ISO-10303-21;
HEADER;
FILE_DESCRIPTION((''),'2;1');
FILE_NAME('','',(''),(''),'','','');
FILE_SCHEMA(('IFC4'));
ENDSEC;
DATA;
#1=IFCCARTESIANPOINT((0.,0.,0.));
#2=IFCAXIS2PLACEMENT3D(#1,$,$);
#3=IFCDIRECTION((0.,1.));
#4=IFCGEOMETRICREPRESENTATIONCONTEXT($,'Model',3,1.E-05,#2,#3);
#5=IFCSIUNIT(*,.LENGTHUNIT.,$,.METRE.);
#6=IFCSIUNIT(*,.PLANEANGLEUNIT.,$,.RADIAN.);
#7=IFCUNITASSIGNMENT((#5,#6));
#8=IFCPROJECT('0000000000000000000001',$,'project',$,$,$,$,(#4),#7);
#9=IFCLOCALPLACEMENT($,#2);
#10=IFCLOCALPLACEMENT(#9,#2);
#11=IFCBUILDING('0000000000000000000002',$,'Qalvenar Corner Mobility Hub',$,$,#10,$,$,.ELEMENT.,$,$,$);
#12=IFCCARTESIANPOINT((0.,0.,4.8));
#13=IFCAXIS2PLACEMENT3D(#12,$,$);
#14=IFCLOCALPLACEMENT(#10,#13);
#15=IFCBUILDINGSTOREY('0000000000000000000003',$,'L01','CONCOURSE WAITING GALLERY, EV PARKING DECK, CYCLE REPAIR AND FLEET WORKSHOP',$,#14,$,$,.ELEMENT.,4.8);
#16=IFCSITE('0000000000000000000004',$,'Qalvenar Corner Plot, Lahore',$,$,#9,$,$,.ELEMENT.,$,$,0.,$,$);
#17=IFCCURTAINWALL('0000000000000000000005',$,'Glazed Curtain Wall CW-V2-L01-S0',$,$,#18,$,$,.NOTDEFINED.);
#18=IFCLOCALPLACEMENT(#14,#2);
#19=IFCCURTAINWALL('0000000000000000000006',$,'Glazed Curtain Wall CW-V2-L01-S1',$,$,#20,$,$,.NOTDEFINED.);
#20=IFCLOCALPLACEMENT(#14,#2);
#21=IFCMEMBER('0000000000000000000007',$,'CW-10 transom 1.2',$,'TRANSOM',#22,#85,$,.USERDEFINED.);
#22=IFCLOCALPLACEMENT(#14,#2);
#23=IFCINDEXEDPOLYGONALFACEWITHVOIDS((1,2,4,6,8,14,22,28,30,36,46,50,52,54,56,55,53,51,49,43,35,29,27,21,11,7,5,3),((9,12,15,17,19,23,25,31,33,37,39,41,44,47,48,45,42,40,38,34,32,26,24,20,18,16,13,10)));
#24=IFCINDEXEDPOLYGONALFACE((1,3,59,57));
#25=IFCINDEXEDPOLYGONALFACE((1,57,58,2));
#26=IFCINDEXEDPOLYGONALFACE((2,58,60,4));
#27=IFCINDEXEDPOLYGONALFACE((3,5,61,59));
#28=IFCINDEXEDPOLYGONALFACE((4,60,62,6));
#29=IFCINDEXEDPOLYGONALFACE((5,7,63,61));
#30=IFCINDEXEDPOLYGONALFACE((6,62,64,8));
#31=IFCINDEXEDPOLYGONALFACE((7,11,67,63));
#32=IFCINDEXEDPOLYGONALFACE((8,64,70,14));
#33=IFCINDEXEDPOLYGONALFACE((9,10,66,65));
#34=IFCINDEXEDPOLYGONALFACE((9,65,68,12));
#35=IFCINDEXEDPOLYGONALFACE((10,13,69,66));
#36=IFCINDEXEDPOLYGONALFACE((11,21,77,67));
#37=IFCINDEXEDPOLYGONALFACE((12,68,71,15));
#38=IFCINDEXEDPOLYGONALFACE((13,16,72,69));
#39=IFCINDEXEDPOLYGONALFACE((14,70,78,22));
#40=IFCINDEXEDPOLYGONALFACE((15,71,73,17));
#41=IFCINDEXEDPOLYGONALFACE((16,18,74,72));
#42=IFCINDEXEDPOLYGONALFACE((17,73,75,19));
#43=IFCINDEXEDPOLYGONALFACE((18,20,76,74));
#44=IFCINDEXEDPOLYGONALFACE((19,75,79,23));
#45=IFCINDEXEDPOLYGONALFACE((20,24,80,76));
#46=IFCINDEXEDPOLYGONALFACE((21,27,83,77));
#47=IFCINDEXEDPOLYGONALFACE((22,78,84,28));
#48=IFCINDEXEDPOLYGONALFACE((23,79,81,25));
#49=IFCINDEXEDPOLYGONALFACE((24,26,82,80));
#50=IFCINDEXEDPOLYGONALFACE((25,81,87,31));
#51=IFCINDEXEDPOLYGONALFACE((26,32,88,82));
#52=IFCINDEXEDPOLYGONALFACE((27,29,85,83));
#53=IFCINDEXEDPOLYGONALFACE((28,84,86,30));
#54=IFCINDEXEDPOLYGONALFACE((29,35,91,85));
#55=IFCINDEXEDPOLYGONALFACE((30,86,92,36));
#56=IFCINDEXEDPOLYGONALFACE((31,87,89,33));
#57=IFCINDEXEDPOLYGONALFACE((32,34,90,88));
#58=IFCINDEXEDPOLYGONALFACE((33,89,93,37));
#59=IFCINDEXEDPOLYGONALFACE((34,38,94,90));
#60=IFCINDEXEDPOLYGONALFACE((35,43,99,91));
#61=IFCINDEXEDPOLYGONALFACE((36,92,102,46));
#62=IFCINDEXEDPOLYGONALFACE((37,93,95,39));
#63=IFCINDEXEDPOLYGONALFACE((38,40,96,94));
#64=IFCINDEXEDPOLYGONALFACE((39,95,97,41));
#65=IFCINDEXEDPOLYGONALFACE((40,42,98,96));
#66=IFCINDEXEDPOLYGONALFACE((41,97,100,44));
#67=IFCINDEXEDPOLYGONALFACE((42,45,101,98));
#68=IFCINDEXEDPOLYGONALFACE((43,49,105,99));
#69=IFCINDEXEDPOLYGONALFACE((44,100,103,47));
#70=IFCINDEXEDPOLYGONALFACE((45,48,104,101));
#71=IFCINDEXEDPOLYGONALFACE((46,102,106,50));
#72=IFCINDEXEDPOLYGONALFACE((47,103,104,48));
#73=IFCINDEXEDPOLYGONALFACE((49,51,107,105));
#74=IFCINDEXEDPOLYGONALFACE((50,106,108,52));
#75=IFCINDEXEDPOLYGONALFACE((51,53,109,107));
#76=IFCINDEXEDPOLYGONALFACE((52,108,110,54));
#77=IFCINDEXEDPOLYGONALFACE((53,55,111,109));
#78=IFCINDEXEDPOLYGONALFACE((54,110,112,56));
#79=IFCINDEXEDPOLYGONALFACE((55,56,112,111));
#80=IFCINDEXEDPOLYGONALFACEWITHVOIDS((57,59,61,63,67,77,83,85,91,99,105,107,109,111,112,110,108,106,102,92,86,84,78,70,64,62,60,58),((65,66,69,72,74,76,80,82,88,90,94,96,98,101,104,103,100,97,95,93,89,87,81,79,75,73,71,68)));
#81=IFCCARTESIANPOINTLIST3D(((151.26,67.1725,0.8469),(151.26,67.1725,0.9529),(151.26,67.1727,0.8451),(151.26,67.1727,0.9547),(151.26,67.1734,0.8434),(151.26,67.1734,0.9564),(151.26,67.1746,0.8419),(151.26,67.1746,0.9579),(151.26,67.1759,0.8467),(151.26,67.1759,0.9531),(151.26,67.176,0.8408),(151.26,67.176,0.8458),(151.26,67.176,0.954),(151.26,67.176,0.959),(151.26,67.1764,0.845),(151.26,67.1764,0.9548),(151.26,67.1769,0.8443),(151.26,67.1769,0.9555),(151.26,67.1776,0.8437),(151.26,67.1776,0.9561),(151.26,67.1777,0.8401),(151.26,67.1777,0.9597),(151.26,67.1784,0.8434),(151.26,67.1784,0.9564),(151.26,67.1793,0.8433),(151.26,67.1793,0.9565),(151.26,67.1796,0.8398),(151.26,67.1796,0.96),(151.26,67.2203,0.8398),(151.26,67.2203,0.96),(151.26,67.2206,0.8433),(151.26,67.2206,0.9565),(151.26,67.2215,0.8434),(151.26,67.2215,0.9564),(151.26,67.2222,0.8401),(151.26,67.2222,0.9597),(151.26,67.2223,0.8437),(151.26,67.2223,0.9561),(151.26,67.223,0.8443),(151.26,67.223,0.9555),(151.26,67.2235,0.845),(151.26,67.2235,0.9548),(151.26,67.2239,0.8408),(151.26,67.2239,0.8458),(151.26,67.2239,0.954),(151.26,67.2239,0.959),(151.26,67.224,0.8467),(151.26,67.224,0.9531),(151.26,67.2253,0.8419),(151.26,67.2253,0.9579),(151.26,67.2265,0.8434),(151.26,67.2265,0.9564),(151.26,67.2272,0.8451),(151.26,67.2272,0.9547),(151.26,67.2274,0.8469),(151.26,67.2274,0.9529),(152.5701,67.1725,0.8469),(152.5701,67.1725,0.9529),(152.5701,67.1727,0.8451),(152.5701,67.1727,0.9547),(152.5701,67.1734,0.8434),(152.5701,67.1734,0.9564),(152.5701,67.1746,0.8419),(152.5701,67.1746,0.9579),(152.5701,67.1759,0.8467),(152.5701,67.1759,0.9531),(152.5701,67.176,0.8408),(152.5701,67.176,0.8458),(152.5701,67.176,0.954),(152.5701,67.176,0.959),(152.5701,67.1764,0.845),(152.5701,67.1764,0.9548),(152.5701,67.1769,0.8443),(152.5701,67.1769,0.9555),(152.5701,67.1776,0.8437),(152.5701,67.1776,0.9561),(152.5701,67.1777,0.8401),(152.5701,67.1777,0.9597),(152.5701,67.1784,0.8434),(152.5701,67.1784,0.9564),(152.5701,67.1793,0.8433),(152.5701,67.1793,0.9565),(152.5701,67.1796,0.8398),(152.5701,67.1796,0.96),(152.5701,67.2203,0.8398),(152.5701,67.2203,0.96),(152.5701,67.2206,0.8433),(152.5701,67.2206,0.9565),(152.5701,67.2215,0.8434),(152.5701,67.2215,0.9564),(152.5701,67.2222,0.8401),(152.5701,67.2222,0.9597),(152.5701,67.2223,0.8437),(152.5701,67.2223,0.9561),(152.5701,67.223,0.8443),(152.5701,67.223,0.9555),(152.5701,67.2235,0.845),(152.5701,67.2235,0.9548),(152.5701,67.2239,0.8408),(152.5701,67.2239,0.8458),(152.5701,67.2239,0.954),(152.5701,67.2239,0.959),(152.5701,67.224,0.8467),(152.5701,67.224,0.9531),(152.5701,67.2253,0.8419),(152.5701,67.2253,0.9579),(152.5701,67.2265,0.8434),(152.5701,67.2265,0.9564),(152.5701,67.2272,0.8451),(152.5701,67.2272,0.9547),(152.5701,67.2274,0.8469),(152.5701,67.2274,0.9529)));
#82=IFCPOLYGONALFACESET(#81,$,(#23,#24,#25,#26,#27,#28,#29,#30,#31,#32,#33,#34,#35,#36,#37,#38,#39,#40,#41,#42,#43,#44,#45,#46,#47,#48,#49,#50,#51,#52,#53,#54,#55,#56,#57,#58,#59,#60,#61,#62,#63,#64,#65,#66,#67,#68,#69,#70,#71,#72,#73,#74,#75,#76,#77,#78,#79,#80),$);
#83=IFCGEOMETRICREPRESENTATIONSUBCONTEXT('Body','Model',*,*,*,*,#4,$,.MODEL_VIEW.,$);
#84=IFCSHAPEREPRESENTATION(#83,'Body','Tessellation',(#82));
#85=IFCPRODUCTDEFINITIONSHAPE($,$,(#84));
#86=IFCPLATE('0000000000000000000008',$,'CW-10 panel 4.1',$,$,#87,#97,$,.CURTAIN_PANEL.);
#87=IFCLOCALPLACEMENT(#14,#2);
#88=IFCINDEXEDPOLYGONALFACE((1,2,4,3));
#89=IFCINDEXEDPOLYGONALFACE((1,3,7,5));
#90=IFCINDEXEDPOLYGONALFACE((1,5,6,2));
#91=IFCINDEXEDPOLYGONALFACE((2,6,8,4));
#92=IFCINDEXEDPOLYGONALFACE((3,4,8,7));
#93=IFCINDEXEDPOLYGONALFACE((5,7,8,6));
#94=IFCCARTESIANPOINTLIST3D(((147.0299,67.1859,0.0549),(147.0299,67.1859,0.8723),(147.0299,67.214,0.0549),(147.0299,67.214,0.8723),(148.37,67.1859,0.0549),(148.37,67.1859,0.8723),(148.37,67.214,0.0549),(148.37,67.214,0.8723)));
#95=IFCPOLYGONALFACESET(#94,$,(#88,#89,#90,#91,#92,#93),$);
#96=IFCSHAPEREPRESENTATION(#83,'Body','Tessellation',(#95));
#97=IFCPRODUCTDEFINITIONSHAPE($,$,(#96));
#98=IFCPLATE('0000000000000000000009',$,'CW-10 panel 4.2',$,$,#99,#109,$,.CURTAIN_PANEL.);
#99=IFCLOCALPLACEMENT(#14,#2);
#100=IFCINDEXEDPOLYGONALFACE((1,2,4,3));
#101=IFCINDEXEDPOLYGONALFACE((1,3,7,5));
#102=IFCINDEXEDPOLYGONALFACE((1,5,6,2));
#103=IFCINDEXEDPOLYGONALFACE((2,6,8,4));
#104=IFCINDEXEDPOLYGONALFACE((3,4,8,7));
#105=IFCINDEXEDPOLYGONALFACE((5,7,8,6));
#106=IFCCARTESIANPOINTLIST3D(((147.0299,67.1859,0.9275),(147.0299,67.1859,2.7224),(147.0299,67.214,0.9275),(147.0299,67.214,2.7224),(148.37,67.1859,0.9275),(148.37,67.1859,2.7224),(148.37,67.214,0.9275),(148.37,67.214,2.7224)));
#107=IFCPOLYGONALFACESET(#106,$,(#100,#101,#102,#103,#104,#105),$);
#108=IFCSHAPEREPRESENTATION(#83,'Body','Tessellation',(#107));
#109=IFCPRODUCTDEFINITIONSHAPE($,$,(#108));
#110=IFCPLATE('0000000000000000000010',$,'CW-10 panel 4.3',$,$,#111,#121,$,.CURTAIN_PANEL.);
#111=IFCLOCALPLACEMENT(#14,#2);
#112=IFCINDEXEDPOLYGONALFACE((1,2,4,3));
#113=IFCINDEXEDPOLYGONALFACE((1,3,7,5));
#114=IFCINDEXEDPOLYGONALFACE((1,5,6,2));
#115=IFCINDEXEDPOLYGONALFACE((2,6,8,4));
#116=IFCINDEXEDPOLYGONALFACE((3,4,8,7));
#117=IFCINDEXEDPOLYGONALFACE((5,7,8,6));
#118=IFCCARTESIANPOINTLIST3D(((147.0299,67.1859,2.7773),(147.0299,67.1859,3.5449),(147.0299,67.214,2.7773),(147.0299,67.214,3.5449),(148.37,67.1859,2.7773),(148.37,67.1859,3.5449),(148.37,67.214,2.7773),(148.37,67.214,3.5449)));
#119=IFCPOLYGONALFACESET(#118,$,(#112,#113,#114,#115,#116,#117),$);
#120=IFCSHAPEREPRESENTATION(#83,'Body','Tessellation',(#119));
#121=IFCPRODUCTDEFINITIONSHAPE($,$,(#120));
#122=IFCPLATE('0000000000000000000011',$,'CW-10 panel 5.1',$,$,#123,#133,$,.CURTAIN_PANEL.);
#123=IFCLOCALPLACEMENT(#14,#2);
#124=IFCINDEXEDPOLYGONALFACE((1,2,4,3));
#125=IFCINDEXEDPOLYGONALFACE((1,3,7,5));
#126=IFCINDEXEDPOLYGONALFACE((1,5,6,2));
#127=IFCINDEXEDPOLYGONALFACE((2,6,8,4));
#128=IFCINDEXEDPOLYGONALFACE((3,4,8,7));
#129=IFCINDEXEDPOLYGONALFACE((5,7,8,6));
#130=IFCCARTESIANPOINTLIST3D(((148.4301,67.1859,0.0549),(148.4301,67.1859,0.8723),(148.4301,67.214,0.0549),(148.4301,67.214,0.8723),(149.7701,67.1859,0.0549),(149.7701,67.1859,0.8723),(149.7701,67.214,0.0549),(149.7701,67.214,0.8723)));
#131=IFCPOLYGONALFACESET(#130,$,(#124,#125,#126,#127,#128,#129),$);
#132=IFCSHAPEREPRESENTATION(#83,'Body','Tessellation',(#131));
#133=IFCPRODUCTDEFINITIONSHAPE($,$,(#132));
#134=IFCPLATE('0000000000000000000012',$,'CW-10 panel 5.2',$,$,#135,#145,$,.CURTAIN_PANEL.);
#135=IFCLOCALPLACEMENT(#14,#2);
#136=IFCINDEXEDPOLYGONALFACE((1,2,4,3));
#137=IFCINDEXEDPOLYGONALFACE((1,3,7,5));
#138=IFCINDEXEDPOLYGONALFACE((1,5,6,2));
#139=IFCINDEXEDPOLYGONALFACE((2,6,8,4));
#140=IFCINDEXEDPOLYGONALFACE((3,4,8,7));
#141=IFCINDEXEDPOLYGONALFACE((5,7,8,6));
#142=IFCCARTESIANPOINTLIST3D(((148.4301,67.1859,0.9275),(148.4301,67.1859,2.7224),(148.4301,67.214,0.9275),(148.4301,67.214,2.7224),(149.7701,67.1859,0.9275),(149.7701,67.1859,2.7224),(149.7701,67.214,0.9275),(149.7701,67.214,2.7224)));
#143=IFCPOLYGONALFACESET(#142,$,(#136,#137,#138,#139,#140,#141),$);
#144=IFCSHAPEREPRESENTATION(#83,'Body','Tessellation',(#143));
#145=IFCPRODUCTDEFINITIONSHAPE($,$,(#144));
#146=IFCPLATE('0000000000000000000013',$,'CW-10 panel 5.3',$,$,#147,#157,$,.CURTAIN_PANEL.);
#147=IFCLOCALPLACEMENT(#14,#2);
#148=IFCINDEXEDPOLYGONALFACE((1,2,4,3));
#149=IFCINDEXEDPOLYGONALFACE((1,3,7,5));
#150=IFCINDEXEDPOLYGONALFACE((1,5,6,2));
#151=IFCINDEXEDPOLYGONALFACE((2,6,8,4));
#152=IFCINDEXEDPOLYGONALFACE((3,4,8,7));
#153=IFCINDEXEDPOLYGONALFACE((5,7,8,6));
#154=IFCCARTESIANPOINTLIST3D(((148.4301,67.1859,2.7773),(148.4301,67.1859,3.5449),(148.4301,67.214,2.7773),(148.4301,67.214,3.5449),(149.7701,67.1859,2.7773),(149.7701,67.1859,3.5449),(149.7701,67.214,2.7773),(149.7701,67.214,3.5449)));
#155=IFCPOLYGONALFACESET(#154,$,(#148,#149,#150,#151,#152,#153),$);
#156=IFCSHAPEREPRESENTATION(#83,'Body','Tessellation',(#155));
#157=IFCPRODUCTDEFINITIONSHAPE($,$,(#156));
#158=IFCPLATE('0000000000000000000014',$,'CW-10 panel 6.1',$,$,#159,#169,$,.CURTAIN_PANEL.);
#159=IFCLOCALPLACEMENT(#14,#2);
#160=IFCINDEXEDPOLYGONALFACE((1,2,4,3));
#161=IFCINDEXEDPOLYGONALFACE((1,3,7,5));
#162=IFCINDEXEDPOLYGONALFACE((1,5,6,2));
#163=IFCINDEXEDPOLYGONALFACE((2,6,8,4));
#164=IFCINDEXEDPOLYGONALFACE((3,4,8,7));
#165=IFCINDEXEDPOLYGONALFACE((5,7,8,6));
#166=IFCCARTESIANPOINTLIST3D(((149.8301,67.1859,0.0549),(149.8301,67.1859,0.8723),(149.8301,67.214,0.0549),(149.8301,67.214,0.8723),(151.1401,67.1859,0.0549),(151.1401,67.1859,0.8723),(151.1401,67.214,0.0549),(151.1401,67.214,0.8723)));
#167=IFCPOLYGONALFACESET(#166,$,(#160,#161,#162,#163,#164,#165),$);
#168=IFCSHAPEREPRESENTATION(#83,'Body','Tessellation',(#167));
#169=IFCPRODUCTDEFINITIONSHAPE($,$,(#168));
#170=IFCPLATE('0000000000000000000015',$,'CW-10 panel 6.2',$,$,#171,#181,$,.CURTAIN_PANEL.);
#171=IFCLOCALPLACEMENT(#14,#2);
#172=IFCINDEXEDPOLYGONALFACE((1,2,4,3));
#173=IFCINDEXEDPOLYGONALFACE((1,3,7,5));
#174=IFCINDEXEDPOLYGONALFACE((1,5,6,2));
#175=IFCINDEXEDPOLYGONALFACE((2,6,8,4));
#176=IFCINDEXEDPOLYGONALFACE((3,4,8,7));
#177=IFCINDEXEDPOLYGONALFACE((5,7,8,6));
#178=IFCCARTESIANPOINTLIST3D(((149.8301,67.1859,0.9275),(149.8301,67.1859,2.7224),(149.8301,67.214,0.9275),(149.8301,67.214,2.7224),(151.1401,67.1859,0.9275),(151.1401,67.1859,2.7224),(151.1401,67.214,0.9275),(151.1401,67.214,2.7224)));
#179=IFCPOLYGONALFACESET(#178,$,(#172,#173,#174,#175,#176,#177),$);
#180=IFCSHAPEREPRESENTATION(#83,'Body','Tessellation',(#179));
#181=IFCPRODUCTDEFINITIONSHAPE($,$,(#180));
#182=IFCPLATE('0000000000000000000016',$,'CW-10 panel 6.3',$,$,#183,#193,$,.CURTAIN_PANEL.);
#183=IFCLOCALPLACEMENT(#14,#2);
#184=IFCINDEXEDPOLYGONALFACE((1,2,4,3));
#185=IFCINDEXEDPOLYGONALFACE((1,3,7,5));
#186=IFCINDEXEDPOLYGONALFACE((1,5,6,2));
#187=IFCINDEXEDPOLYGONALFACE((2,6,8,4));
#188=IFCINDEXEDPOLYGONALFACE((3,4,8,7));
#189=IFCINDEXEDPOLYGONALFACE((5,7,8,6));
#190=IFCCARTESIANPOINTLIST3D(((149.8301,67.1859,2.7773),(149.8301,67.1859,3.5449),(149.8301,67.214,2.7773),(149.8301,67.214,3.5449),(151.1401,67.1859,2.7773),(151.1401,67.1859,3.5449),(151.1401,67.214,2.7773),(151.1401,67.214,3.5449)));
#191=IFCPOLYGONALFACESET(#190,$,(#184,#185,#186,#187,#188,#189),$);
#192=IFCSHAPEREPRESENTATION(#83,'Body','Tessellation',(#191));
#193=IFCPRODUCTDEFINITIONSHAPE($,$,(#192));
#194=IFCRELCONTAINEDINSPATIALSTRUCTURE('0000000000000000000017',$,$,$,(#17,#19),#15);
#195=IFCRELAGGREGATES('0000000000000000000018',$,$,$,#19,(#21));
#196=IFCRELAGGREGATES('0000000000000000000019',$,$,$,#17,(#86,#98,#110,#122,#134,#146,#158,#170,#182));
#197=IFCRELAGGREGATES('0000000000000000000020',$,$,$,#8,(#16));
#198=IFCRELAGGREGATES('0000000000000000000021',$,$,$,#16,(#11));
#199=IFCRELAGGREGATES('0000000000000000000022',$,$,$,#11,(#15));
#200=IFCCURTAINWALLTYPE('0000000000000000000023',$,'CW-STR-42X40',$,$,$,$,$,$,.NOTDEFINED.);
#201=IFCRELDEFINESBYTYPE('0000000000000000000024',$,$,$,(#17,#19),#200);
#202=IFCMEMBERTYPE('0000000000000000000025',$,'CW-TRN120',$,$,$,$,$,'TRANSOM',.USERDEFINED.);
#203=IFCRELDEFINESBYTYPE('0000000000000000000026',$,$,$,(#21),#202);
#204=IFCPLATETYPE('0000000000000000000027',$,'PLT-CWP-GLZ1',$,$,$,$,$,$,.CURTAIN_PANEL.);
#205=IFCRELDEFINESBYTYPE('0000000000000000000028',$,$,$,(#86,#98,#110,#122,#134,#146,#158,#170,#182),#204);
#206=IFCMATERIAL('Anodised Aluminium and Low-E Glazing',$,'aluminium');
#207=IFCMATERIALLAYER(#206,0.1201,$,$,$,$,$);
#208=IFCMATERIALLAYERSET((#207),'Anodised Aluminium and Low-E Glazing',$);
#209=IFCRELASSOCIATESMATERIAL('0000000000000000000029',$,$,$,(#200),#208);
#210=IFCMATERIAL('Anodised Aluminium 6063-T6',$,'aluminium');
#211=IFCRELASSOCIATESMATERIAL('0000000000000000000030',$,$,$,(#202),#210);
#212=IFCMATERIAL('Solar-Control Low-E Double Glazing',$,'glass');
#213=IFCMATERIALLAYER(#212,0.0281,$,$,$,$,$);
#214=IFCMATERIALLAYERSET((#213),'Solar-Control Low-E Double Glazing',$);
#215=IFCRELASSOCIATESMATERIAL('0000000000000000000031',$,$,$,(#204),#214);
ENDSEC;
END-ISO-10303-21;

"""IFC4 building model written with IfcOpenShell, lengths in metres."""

from ifc_helpers import new_model, si_unit, direction, frame, origin, origin_2d, place, context, subcontext, project, spatial, rectangle, hollow_rectangle, extrude, material, layer, layer_set, material_profile, profile_set, type_object, element, aggregate, save


model = new_model("IFC4")

# Units and contexts
model_context = context("Model", 3, precision=1e-05, world=origin(), true_north=direction((0.0, 1.0)))
body_context = subcontext(model_context, "Body", "Model", "MODEL_VIEW")
ifc_project = project(units=[si_unit("LENGTHUNIT", "METRE"), si_unit("PLANEANGLEUNIT", "RADIAN")], contexts=[model_context])

# Site, building, storey
site_placement = place(None, origin())
site = spatial("IfcSite", under=ifc_project, at=site_placement, Name="Qalvenar Corner Plot, Lahore", CompositionType="ELEMENT", RefElevation=0.0)
building_placement = place(site_placement, origin())
building = spatial("IfcBuilding", under=site, at=building_placement, Name="Qalvenar Corner Mobility Hub", CompositionType="ELEMENT")
storey_placement = place(building_placement, frame((0.0, 0.0, 4.8)))
storey = spatial("IfcBuildingStorey", under=building, at=storey_placement, Name="L01", Description="CONCOURSE WAITING GALLERY, EV PARKING DECK, CYCLE REPAIR AND FLEET WORKSHOP", CompositionType="ELEMENT", Elevation=4.8)

# Curtain wall
ifc_material_1 = material(Name="Anodised Aluminium and Low-E Glazing", Category="aluminium")
ifc_layer_1 = layer(ifc_material_1, 0.1201)
ifc_layer_set_1 = layer_set([ifc_layer_1], Name="Anodised Aluminium and Low-E Glazing")
curtain_wall_type = type_object("IfcCurtainWallType", Name="CW-STR-42X40", PredefinedType="NOTDEFINED", material=ifc_layer_set_1)
curtain_wall_1_placement = place(storey_placement, origin())
curtain_wall_1 = element("IfcCurtainWall", 1, at=curtain_wall_1_placement, inside=storey, type_object=curtain_wall_type, Name="Glazed Curtain Wall CW-V2-L01-S0", PredefinedType="NOTDEFINED")
ifc_material_2 = material(Name="Anodised Aluminium 6063-T6", Category="aluminium")

# Curtain wall
curtain_wall_2_placement = place(storey_placement, origin())
curtain_wall_2 = element("IfcCurtainWall", 2, at=curtain_wall_2_placement, inside=storey, type_object=curtain_wall_type, Name="Glazed Curtain Wall CW-V2-L01-S1", PredefinedType="NOTDEFINED")

# Member
ifc_material_profile_1 = material_profile(ifc_material_2, hollow_rectangle(XDim=0.0549, YDim=0.1201, WallThickness=0.0034, InnerFilletRadius=0.0034, OuterFilletRadius=0.0071, at=origin_2d()), Name="RHS120x55x3.5")
ifc_profile_set_1 = profile_set([ifc_material_profile_1], Name="Anodised Aluminium 6063-T6")
member_type_1 = type_object("IfcMemberType", Name="CW-TRN120", ElementType="TRANSOM", PredefinedType="USERDEFINED", material=ifc_profile_set_1)
member_1_placement = place(storey_placement, frame((151.26, 67.2, 0.8999), z_axis=(1.0, 0.0, 0.0), x_axis=(0.0, 1.0, 0.0)))
member_1 = element("IfcMember", 3, at=member_1_placement, type_object=member_type_1, Name="CW-10 transom 1.2", ObjectType="TRANSOM", PredefinedType="USERDEFINED", context=body_context, shape_type="SweptSolid", body=[
    extrude(hollow_rectangle(XDim=0.0549, YDim=0.1201, WallThickness=0.0034, InnerFilletRadius=0.0034, OuterFilletRadius=0.0071, at=origin_2d()), origin(), (0.0, 0.0, 1.0), 1.3101),
])
aggregate(curtain_wall_2, [member_1])

# Plates
ifc_material_3 = material(Name="Solar-Control Low-E Double Glazing", Category="glass")
ifc_layer_2 = layer(ifc_material_3, 0.0281)
ifc_layer_set_2 = layer_set([ifc_layer_2], Name="Solar-Control Low-E Double Glazing")
plate_type = type_object("IfcPlateType", Name="PLT-CWP-GLZ1", PredefinedType="CURTAIN_PANEL", material=ifc_layer_set_2)
plate_1_placement = place(storey_placement, frame((147.7, 67.2, 0.0549), z_axis=(0.0, 0.0, 1.0), x_axis=(1.0, 0.0, 0.0)))
plate_1 = element("IfcPlate", 4, at=plate_1_placement, type_object=plate_type, Name="CW-10 panel 4.1", PredefinedType="CURTAIN_PANEL", context=body_context, shape_type="SweptSolid", body=[
    extrude(rectangle(XDim=1.3401, YDim=0.0281, at=origin_2d()), origin(), (0.0, 0.0, 1.0), 0.8174),
])
plate_2_placement = place(storey_placement, frame((147.7, 67.2, 0.9275), z_axis=(0.0, 0.0, 1.0), x_axis=(1.0, 0.0, 0.0)))
plate_2 = element("IfcPlate", 5, at=plate_2_placement, type_object=plate_type, Name="CW-10 panel 4.2", PredefinedType="CURTAIN_PANEL", context=body_context, shape_type="SweptSolid", body=[
    extrude(rectangle(XDim=1.3401, YDim=0.0281, at=origin_2d()), origin(), (0.0, 0.0, 1.0), 1.7949),
])
plate_3_placement = place(storey_placement, frame((147.7, 67.2, 2.7773), z_axis=(0.0, 0.0, 1.0), x_axis=(1.0, 0.0, 0.0)))
plate_3 = element("IfcPlate", 6, at=plate_3_placement, type_object=plate_type, Name="CW-10 panel 4.3", PredefinedType="CURTAIN_PANEL", context=body_context, shape_type="SweptSolid", body=[
    extrude(rectangle(XDim=1.3401, YDim=0.0281, at=origin_2d()), origin(), (0.0, 0.0, 1.0), 0.7676),
])
plate_4_placement = place(storey_placement, frame((149.1001, 67.2, 0.0549), z_axis=(0.0, 0.0, 1.0), x_axis=(1.0, 0.0, 0.0)))
plate_4 = element("IfcPlate", 7, at=plate_4_placement, type_object=plate_type, Name="CW-10 panel 5.1", PredefinedType="CURTAIN_PANEL", context=body_context, shape_type="SweptSolid", body=[
    extrude(rectangle(XDim=1.3401, YDim=0.0281, at=origin_2d()), origin(), (0.0, 0.0, 1.0), 0.8174),
])
plate_5_placement = place(storey_placement, frame((149.1001, 67.2, 0.9275), z_axis=(0.0, 0.0, 1.0), x_axis=(1.0, 0.0, 0.0)))
plate_5 = element("IfcPlate", 8, at=plate_5_placement, type_object=plate_type, Name="CW-10 panel 5.2", PredefinedType="CURTAIN_PANEL", context=body_context, shape_type="SweptSolid", body=[
    extrude(rectangle(XDim=1.3401, YDim=0.0281, at=origin_2d()), origin(), (0.0, 0.0, 1.0), 1.7949),
])
plate_6_placement = place(storey_placement, frame((149.1001, 67.2, 2.7773), z_axis=(0.0, 0.0, 1.0), x_axis=(1.0, 0.0, 0.0)))
plate_6 = element("IfcPlate", 9, at=plate_6_placement, type_object=plate_type, Name="CW-10 panel 5.3", PredefinedType="CURTAIN_PANEL", context=body_context, shape_type="SweptSolid", body=[
    extrude(rectangle(XDim=1.3401, YDim=0.0281, at=origin_2d()), origin(), (0.0, 0.0, 1.0), 0.7676),
])
plate_7_placement = place(storey_placement, frame((150.4851, 67.2, 0.0549), z_axis=(0.0, 0.0, 1.0), x_axis=(1.0, 0.0, 0.0)))
plate_7 = element("IfcPlate", 10, at=plate_7_placement, type_object=plate_type, Name="CW-10 panel 6.1", PredefinedType="CURTAIN_PANEL", context=body_context, shape_type="SweptSolid", body=[
    extrude(rectangle(XDim=1.3101, YDim=0.0281, at=origin_2d()), origin(), (0.0, 0.0, 1.0), 0.8174),
])
plate_8_placement = place(storey_placement, frame((150.4851, 67.2, 0.9275), z_axis=(0.0, 0.0, 1.0), x_axis=(1.0, 0.0, 0.0)))
plate_8 = element("IfcPlate", 11, at=plate_8_placement, type_object=plate_type, Name="CW-10 panel 6.2", PredefinedType="CURTAIN_PANEL", context=body_context, shape_type="SweptSolid", body=[
    extrude(rectangle(XDim=1.3101, YDim=0.0281, at=origin_2d()), origin(), (0.0, 0.0, 1.0), 1.7949),
])
plate_9_placement = place(storey_placement, frame((150.4851, 67.2, 2.7773), z_axis=(0.0, 0.0, 1.0), x_axis=(1.0, 0.0, 0.0)))
plate_9 = element("IfcPlate", 12, at=plate_9_placement, type_object=plate_type, Name="CW-10 panel 6.3", PredefinedType="CURTAIN_PANEL", context=body_context, shape_type="SweptSolid", body=[
    extrude(rectangle(XDim=1.3101, YDim=0.0281, at=origin_2d()), origin(), (0.0, 0.0, 1.0), 0.7676),
])
aggregate(curtain_wall_1, [plate_1, plate_2, plate_3, plate_4, plate_5, plate_6, plate_7, plate_8, plate_9])

save(model, "model.ifc")
